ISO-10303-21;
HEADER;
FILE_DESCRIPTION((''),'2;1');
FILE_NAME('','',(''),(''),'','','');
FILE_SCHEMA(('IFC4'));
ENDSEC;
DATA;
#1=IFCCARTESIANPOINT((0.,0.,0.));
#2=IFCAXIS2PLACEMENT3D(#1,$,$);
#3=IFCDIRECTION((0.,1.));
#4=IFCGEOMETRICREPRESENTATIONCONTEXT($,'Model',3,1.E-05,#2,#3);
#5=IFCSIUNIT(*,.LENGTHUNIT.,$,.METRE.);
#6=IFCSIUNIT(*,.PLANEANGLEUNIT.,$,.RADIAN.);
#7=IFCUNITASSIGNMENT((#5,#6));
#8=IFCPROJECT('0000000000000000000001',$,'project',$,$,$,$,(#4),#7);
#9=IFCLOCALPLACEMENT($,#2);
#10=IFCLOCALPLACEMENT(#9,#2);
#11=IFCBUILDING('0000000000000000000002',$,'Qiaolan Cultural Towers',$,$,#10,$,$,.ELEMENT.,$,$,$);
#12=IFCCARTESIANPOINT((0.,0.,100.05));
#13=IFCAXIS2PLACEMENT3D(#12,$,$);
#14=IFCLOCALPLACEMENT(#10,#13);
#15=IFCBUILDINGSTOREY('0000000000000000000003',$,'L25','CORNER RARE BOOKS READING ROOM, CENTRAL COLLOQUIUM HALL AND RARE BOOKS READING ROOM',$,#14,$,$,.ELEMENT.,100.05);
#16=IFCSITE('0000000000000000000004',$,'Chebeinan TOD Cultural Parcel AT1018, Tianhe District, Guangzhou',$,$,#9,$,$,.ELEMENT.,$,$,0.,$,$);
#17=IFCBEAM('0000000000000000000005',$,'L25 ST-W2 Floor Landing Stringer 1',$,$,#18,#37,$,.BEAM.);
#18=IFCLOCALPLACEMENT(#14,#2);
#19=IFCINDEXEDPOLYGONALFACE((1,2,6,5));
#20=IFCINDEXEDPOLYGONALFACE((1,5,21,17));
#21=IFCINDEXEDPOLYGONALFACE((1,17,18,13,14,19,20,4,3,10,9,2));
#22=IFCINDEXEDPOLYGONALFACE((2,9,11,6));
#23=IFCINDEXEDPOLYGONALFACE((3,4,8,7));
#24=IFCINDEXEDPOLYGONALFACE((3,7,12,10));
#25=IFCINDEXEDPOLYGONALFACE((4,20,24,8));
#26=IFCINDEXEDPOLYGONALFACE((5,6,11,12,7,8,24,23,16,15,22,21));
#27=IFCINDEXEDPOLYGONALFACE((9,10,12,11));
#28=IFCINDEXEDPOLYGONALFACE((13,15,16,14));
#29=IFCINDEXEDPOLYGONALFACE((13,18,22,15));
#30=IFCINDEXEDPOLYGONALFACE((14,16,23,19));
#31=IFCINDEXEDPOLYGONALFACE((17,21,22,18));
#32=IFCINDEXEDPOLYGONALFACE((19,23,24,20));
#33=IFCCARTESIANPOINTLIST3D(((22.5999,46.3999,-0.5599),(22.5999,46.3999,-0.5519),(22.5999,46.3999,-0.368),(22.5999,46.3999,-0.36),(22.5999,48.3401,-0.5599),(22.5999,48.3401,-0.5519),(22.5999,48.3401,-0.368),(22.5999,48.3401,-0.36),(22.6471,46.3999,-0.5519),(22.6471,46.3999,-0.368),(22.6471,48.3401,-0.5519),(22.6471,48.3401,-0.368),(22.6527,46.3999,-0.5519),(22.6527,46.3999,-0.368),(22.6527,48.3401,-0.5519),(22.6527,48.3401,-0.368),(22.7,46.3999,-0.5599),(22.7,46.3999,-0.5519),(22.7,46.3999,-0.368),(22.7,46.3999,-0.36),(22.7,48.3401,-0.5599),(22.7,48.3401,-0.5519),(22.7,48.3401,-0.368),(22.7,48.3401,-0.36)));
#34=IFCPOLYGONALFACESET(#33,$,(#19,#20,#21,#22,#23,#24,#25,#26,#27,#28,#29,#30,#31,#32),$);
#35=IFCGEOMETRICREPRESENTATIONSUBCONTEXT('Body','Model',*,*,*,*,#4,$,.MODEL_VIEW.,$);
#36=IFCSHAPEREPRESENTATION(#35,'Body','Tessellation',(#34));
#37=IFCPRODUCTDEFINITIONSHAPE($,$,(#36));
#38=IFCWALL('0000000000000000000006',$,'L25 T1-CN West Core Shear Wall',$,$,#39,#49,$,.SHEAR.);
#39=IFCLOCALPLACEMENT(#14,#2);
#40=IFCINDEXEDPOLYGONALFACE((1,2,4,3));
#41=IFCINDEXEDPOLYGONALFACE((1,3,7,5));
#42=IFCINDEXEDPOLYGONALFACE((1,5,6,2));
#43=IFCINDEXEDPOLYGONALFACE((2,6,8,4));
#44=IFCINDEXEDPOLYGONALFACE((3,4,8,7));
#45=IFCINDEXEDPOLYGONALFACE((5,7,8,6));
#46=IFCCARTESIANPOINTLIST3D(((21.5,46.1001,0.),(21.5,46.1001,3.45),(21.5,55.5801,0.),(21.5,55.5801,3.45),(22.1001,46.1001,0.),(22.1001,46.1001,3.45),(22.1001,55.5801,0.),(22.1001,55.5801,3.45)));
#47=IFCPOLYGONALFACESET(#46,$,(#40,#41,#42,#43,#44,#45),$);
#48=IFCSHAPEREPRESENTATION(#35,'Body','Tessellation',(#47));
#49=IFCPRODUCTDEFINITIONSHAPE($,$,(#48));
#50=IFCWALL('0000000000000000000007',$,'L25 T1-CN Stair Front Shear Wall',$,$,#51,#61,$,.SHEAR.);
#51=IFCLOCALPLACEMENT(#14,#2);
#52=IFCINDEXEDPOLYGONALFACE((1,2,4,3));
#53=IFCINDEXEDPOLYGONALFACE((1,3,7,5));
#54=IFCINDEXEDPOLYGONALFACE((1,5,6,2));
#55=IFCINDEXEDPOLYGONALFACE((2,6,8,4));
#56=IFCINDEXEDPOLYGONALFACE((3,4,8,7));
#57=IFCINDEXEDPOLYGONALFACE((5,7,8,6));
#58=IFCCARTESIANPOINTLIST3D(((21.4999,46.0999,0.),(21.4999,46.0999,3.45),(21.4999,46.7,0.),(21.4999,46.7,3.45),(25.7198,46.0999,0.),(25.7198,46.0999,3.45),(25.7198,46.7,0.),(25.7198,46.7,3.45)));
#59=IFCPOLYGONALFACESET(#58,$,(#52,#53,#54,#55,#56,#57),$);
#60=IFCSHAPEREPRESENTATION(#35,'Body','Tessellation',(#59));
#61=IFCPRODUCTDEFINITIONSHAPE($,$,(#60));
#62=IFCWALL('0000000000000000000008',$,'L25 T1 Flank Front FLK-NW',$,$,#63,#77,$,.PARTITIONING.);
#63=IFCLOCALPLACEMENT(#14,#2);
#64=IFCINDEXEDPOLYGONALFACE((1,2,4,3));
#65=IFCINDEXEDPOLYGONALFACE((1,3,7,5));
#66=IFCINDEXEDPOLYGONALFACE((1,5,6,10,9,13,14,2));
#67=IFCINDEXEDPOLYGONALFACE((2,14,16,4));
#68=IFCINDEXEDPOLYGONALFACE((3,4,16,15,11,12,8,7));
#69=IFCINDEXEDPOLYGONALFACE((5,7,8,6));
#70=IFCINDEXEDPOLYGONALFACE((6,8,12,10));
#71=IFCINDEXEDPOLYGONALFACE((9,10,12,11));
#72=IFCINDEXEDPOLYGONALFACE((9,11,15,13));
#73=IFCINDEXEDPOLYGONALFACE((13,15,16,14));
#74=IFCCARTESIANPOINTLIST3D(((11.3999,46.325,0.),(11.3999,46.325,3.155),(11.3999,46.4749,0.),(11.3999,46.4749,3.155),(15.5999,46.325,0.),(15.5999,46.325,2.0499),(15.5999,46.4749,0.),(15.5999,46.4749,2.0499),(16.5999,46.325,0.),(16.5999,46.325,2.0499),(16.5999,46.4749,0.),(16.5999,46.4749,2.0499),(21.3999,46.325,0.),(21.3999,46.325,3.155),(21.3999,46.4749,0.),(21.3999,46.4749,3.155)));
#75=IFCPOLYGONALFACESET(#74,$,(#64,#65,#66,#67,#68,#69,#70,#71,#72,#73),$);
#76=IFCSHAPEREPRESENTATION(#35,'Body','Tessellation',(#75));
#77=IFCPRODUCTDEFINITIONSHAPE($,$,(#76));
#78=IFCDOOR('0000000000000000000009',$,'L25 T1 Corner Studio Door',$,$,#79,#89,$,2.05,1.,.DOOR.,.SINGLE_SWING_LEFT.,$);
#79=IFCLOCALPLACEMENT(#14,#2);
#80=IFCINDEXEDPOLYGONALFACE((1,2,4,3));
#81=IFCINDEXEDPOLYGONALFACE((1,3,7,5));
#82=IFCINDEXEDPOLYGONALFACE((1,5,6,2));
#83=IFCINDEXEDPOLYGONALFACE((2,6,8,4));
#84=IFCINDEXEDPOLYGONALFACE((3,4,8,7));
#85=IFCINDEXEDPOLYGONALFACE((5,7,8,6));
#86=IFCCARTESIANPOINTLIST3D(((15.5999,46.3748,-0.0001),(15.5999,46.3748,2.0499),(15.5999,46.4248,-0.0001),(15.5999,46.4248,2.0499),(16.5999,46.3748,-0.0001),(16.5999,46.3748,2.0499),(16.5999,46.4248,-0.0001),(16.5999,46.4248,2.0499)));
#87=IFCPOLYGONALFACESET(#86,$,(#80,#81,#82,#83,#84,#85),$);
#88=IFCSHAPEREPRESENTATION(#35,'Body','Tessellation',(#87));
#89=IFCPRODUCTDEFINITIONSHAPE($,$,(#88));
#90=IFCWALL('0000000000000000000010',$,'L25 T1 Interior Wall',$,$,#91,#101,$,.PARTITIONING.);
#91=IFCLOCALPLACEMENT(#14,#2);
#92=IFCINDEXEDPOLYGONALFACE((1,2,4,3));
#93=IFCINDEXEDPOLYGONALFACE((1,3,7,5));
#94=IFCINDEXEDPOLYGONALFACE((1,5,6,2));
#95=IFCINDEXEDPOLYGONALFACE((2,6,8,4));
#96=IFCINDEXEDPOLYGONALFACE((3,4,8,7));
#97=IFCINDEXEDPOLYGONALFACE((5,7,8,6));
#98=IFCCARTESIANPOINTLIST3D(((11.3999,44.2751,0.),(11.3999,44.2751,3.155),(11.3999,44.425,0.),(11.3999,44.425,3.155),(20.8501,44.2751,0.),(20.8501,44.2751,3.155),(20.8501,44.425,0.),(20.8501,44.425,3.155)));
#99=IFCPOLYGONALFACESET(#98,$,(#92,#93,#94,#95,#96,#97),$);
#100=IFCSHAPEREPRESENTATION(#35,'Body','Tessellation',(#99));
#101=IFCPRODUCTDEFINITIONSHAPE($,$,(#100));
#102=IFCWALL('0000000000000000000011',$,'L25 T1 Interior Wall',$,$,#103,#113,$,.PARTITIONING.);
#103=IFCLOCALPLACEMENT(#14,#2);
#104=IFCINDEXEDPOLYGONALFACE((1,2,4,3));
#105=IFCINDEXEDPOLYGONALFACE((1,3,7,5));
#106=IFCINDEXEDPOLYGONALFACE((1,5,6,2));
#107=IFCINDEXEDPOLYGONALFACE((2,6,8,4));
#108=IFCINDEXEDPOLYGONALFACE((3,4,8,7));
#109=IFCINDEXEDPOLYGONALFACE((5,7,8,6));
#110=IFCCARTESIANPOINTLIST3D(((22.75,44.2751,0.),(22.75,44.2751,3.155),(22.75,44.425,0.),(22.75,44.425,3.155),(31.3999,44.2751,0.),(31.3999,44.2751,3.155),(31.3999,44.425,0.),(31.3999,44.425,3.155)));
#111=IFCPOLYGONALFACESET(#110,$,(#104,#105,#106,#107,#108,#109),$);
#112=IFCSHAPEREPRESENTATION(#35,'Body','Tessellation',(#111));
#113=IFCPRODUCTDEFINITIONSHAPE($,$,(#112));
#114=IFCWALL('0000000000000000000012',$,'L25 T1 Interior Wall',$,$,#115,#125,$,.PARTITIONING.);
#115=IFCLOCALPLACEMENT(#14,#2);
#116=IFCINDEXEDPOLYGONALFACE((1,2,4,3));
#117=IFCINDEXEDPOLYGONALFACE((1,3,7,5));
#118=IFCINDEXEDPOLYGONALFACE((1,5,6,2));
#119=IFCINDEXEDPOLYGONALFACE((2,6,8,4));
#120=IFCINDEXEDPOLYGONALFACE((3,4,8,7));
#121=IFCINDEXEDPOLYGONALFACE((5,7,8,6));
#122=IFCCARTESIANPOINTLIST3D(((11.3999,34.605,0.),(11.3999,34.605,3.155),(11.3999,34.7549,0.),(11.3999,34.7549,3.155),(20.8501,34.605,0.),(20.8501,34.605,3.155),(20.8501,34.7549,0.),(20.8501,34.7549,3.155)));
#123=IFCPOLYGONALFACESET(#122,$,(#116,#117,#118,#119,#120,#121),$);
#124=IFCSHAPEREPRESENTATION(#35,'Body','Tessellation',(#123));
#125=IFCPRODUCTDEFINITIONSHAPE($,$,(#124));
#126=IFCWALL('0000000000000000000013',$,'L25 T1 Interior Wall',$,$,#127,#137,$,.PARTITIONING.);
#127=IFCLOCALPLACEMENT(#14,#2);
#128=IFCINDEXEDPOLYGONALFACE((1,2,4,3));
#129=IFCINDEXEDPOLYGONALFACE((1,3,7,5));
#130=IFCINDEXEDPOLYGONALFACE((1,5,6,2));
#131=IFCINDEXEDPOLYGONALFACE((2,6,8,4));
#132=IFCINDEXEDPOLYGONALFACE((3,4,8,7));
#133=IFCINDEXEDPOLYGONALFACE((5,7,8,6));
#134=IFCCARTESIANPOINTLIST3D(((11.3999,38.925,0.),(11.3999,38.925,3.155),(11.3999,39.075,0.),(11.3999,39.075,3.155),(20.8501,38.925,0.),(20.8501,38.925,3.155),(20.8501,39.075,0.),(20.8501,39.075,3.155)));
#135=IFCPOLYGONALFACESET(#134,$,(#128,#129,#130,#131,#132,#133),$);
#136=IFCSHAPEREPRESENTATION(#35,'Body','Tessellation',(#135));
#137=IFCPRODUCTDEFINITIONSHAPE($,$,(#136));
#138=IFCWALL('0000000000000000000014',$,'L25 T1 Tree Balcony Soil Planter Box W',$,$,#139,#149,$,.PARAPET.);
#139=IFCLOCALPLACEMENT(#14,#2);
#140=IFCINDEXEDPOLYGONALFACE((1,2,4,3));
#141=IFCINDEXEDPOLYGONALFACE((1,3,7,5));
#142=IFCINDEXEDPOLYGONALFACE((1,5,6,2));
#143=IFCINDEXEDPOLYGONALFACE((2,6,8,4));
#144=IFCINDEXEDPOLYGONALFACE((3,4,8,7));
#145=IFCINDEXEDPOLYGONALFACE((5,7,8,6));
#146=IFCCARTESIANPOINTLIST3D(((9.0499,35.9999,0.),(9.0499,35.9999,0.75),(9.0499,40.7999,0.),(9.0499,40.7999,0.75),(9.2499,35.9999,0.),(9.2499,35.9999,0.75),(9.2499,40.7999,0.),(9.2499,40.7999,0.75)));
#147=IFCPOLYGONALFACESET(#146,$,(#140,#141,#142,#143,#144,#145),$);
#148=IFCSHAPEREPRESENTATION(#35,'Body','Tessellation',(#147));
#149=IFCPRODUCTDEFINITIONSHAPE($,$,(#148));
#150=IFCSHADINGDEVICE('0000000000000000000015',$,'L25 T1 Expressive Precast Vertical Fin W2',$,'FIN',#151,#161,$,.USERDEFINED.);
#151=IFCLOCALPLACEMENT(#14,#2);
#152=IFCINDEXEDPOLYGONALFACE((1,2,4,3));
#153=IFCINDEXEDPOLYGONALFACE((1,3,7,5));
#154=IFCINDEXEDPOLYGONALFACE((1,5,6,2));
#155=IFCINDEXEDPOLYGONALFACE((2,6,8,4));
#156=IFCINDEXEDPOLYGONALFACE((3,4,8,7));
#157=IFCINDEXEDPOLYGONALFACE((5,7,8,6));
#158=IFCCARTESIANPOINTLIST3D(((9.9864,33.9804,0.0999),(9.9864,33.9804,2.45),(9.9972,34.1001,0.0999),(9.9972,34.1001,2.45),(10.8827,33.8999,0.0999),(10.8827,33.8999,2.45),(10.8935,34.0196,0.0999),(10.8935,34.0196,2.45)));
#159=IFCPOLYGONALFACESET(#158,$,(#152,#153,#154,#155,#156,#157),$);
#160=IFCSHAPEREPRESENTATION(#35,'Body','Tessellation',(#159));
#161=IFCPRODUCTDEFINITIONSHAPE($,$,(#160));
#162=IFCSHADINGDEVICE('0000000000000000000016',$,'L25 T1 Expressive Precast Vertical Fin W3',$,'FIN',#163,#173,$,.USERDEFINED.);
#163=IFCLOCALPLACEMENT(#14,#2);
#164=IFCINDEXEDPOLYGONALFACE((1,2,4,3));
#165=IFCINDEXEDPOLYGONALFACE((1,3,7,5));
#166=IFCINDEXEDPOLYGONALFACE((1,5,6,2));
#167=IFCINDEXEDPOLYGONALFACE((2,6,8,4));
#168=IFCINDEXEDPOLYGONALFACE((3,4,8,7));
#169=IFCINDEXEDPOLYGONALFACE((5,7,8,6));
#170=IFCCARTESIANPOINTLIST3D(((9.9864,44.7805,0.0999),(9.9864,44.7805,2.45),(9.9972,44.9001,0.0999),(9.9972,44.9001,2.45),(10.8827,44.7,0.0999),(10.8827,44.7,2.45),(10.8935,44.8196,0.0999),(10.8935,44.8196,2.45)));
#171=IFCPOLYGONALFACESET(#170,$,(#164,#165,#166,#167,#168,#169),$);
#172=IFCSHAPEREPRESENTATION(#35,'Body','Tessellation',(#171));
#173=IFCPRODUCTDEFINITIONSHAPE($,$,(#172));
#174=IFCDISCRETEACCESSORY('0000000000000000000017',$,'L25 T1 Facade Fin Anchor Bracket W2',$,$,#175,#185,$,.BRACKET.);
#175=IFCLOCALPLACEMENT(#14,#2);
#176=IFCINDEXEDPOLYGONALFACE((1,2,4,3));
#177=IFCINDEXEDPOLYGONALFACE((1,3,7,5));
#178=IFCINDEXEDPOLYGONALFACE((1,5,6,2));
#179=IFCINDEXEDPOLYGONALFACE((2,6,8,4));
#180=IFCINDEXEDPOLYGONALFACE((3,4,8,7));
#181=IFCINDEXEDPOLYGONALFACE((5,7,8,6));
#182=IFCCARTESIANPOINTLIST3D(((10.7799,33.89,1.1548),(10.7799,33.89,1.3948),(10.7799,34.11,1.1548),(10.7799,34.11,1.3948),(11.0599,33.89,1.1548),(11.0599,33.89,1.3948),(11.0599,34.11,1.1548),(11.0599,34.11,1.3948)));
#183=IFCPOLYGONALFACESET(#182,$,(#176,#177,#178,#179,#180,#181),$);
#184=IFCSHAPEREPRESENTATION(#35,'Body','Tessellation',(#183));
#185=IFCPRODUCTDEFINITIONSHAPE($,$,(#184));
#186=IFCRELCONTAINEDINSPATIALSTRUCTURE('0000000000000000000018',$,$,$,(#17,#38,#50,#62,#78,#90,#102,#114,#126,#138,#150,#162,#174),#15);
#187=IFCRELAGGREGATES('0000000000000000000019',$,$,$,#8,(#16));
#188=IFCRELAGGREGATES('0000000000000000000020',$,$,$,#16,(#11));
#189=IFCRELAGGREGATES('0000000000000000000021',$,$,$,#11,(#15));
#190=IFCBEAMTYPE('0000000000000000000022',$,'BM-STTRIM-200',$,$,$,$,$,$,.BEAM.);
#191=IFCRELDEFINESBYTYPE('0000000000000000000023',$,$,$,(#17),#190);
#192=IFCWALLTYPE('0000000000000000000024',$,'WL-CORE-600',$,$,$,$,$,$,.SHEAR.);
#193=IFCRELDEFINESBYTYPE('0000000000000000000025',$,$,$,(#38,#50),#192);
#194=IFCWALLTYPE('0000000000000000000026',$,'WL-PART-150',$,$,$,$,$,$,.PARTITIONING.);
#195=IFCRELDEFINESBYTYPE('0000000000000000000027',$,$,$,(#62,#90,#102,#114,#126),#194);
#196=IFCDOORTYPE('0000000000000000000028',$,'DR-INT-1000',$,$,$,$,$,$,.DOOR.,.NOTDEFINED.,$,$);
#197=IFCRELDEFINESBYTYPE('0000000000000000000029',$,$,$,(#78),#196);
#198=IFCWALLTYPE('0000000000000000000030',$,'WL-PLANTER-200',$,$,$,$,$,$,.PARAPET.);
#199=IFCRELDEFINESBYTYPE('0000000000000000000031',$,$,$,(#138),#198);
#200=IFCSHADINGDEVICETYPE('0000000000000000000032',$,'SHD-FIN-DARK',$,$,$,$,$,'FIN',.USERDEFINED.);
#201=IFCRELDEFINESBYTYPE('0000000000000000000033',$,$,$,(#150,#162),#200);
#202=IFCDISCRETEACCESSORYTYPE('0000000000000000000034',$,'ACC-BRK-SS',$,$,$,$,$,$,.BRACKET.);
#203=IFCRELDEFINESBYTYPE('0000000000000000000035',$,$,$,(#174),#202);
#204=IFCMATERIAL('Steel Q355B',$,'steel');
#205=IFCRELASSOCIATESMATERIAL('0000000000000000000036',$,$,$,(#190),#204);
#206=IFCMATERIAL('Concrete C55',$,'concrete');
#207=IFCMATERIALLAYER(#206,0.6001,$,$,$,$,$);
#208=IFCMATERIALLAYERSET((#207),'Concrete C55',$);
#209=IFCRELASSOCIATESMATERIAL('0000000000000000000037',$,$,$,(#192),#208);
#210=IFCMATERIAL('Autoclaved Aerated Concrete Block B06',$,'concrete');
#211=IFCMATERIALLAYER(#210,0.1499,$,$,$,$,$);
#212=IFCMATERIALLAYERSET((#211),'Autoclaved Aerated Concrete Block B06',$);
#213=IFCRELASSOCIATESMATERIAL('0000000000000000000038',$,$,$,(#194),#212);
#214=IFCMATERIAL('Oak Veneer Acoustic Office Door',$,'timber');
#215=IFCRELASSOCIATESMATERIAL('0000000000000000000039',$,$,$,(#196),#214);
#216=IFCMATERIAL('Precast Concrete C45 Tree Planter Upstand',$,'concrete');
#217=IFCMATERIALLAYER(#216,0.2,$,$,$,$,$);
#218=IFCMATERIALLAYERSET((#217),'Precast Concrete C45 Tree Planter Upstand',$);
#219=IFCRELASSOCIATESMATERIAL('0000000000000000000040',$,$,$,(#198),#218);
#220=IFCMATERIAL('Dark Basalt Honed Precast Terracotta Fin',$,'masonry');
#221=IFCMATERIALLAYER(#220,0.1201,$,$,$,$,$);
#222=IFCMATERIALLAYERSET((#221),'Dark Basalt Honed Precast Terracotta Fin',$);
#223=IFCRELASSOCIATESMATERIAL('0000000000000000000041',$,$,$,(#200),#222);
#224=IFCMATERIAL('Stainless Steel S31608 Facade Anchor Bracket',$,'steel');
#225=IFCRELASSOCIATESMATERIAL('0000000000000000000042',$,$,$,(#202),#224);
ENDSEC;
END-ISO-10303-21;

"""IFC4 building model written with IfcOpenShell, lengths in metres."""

from ifc_helpers import new_model, si_unit, direction, frame, frame_2d, origin, origin_2d, place, context, subcontext, project, spatial, rectangle, i_section, extrude, material, layer, layer_set, material_profile, profile_set, type_object, element, fill, save


model = new_model("IFC4")

# Units and contexts
model_context = context("Model", 3, precision=1e-05, world=origin(), true_north=direction((0.0, 1.0)))
body_context = subcontext(model_context, "Body", "Model", "MODEL_VIEW")
ifc_project = project(units=[si_unit("LENGTHUNIT", "METRE"), si_unit("PLANEANGLEUNIT", "RADIAN")], contexts=[model_context])

# Site, building, storey
site_placement = place(None, origin())
site = spatial("IfcSite", under=ifc_project, at=site_placement, Name="Chebeinan TOD Cultural Parcel AT1018, Tianhe District, Guangzhou", CompositionType="ELEMENT", RefElevation=0.0)
building_placement = place(site_placement, origin())
building = spatial("IfcBuilding", under=site, at=building_placement, Name="Qiaolan Cultural Towers", CompositionType="ELEMENT")
storey_placement = place(building_placement, frame((0.0, 0.0, 100.05)))
storey = spatial("IfcBuildingStorey", under=building, at=storey_placement, Name="L25", Description="CORNER RARE BOOKS READING ROOM, CENTRAL COLLOQUIUM HALL AND RARE BOOKS READING ROOM", CompositionType="ELEMENT", Elevation=100.05)

# Beam
ifc_material_1 = material(Name="Steel Q355B", Category="steel")
ifc_material_profile_1 = material_profile(ifc_material_1, i_section(OverallWidth=0.1001, OverallDepth=0.2, WebThickness=0.0056, FlangeThickness=0.0081, at=origin_2d()), Name="HN200x100x5.5x8")
ifc_profile_set_1 = profile_set([ifc_material_profile_1], Name="Steel Q355B")
beam_type_1 = type_object("IfcBeamType", Name="BM-STTRIM-200", PredefinedType="BEAM", material=ifc_profile_set_1)
beam_1_placement = place(storey_placement, frame((22.6499, 46.3999, -0.46), z_axis=(0.0, 1.0, 0.0), x_axis=(-1.0, 0.0, 0.0)))
element("IfcBeam", 1, at=beam_1_placement, inside=storey, type_object=beam_type_1, Name="L25 ST-W2 Floor Landing Stringer 1", PredefinedType="BEAM", context=body_context, shape_type="SweptSolid", body=[
    extrude(i_section(OverallWidth=0.1001, OverallDepth=0.2, WebThickness=0.0056, FlangeThickness=0.0081, at=origin_2d()), origin(), (0.0, 0.0, 1.0), 1.9402),
])

# Walls
ifc_material_2 = material(Name="Concrete C55", Category="concrete")
ifc_layer_1 = layer(ifc_material_2, 0.6001)
ifc_layer_set_1 = layer_set([ifc_layer_1], Name="Concrete C55")
wall_type_1 = type_object("IfcWallType", Name="WL-CORE-600", PredefinedType="SHEAR", material=ifc_layer_set_1)
wall_1_placement = place(storey_placement, frame((21.8, 46.1001, 0.0), z_axis=(0.0, 0.0, 1.0), x_axis=(0.0, 1.0, 0.0)))
element("IfcWall", 2, at=wall_1_placement, inside=storey, type_object=wall_type_1, Name="L25 T1-CN West Core Shear Wall", PredefinedType="SHEAR", context=body_context, shape_type="SweptSolid", body=[
    extrude(rectangle(XDim=9.48, YDim=0.6001, at=frame_2d((4.74, 0.0))), origin(), (0.0, 0.0, 1.0), 3.45),
])
wall_2_placement = place(storey_placement, frame((21.5, 46.3999, 0.0), z_axis=(0.0, 0.0, 1.0), x_axis=(1.0, 0.0, 0.0)))
element("IfcWall", 3, at=wall_2_placement, inside=storey, type_object=wall_type_1, Name="L25 T1-CN Stair Front Shear Wall", PredefinedType="SHEAR", context=body_context, shape_type="SweptSolid", body=[
    extrude(rectangle(XDim=4.22, YDim=0.6001, at=frame_2d((2.1099, 0.0))), origin(), (0.0, 0.0, 1.0), 3.45),
])

# Wall, opening, door
ifc_material_3 = material(Name="Autoclaved Aerated Concrete Block B06", Category="concrete")
ifc_layer_2 = layer(ifc_material_3, 0.1499)
ifc_layer_set_2 = layer_set([ifc_layer_2], Name="Autoclaved Aerated Concrete Block B06")
wall_type_2 = type_object("IfcWallType", Name="WL-PART-150", PredefinedType="PARTITIONING", material=ifc_layer_set_2)
wall_3_placement = place(storey_placement, frame((11.3999, 46.3999, 0.0), z_axis=(0.0, 0.0, 1.0), x_axis=(1.0, 0.0, 0.0)))
wall_3 = element("IfcWall", 4, at=wall_3_placement, inside=storey, type_object=wall_type_2, Name="L25 T1 Flank Front FLK-NW", PredefinedType="PARTITIONING", context=body_context, shape_type="SweptSolid", body=[
    extrude(rectangle(XDim=10.0, YDim=0.1499, at=frame_2d((5.0, 0.0))), origin(), (0.0, 0.0, 1.0), 3.155),
])
opening_placement = place(wall_3_placement, frame((4.2, 0.0, 0.0)))
opening = element("IfcOpeningElement", 5, at=opening_placement, cuts=wall_3, PredefinedType="OPENING", context=body_context, shape_type="SweptSolid", body=[
    extrude(rectangle(XDim=1.0, YDim=2.05, at=frame_2d((0.5, 1.0249))), frame((0.0, 0.085, 0.0), z_axis=(0.0, -1.0, 0.0), x_axis=(1.0, 0.0, 0.0)), (0.0, 0.0, 1.0), 0.1699),
])
ifc_material_4 = material(Name="Oak Veneer Acoustic Office Door", Category="timber")
door_type = type_object("IfcDoorType", Name="DR-INT-1000", OperationType="NOTDEFINED", PredefinedType="DOOR", material=ifc_material_4)
door_placement = place(opening_placement, origin())
door = element("IfcDoor", 6, at=door_placement, inside=storey, type_object=door_type, Name="L25 T1 Corner Studio Door", OperationType="SINGLE_SWING_LEFT", OverallHeight=2.05, OverallWidth=1.0, PredefinedType="DOOR", context=body_context, shape_type="SweptSolid", body=[
    extrude(rectangle(XDim=1.0, YDim=2.05, at=frame_2d((0.5, 1.0249))), frame((0.0, 0.0249, 0.0), z_axis=(0.0, -1.0, 0.0), x_axis=(1.0, 0.0, 0.0)), (0.0, 0.0, 1.0), 0.05),
])
fill(opening, door)

# Walls
wall_4_placement = place(storey_placement, frame((11.3999, 44.3501, 0.0), z_axis=(0.0, 0.0, 1.0), x_axis=(1.0, 0.0, 0.0)))
element("IfcWall", 7, at=wall_4_placement, inside=storey, type_object=wall_type_2, Name="L25 T1 Interior Wall", PredefinedType="PARTITIONING", context=body_context, shape_type="SweptSolid", body=[
    extrude(rectangle(XDim=9.4502, YDim=0.1499, at=frame_2d((4.7251, 0.0))), origin(), (0.0, 0.0, 1.0), 3.155),
])
wall_5_placement = place(storey_placement, frame((22.75, 44.3501, 0.0), z_axis=(0.0, 0.0, 1.0), x_axis=(1.0, 0.0, 0.0)))
element("IfcWall", 8, at=wall_5_placement, inside=storey, type_object=wall_type_2, Name="L25 T1 Interior Wall", PredefinedType="PARTITIONING", context=body_context, shape_type="SweptSolid", body=[
    extrude(rectangle(XDim=8.6499, YDim=0.1499, at=frame_2d((4.325, 0.0))), origin(), (0.0, 0.0, 1.0), 3.155),
])
for number, where, z_axis, x_axis, name in (
    (9, (11.3999, 34.6799, 0.0), (0.0, 0.0, 1.0), (1.0, 0.0, 0.0), "L25 T1 Interior Wall"),
    (10, (11.3999, 39.0, 0.0), (0.0, 0.0, 1.0), (1.0, 0.0, 0.0), "L25 T1 Interior Wall"),
):
    element("IfcWall", number, at=place(storey_placement, frame(where, z_axis=z_axis, x_axis=x_axis)), inside=storey, type_object=wall_type_2, Name=name, PredefinedType="PARTITIONING", context=body_context, shape_type="SweptSolid", body=[
        extrude(rectangle(XDim=9.4502, YDim=0.1499, at=frame_2d((4.7251, 0.0))), origin(), (0.0, 0.0, 1.0), 3.155),
    ])
ifc_material_5 = material(Name="Precast Concrete C45 Tree Planter Upstand", Category="concrete")
ifc_layer_3 = layer(ifc_material_5, 0.2)
ifc_layer_set_3 = layer_set([ifc_layer_3], Name="Precast Concrete C45 Tree Planter Upstand")
wall_type_3 = type_object("IfcWallType", Name="WL-PLANTER-200", PredefinedType="PARAPET", material=ifc_layer_set_3)
wall_6_placement = place(storey_placement, frame((9.1499, 36.0, 0.0), z_axis=(0.0, 0.0, 1.0), x_axis=(0.0, 1.0, 0.0)))
element("IfcWall", 11, at=wall_6_placement, inside=storey, type_object=wall_type_3, Name="L25 T1 Tree Balcony Soil Planter Box W", PredefinedType="PARAPET", context=body_context, shape_type="SweptSolid", body=[
    extrude(rectangle(XDim=4.8, YDim=0.2, at=frame_2d((2.3999, 0.0))), origin(), (0.0, 0.0, 1.0), 0.75),
])

# Shading devices
ifc_material_6 = material(Name="Dark Basalt Honed Precast Terracotta Fin", Category="masonry")
ifc_layer_4 = layer(ifc_material_6, 0.1201)
ifc_layer_set_4 = layer_set([ifc_layer_4], Name="Dark Basalt Honed Precast Terracotta Fin")
shading_device_type = type_object("IfcShadingDeviceType", Name="SHD-FIN-DARK", ElementType="FIN", PredefinedType="USERDEFINED", material=ifc_layer_set_4)
for number, where, z_axis, x_axis, name in (
    (12, (10.4399, 34.0, 0.0999), (0.0, 0.0, 1.0), (0.995994, -0.089421, 0.0), "L25 T1 Expressive Precast Vertical Fin W2"),
    (13, (10.4399, 44.8, 0.0999), (0.0, 0.0, 1.0), (0.995994, -0.089421, 0.0), "L25 T1 Expressive Precast Vertical Fin W3"),
):
    element("IfcShadingDevice", number, at=place(storey_placement, frame(where, z_axis=z_axis, x_axis=x_axis)), inside=storey, type_object=shading_device_type, Name=name, ObjectType="FIN", PredefinedType="USERDEFINED", context=body_context, shape_type="SweptSolid", body=[
        extrude(rectangle(XDim=0.8999, YDim=0.1201, at=origin_2d()), origin(), (0.0, 0.0, 1.0), 2.3501),
    ])

# Discrete accessory
ifc_material_7 = material(Name="Stainless Steel S31608 Facade Anchor Bracket", Category="steel")
discrete_accessory_type = type_object("IfcDiscreteAccessoryType", Name="ACC-BRK-SS", PredefinedType="BRACKET", material=ifc_material_7)
for number, where, z_axis, x_axis, name in (
    (14, (10.9199, 34.0, 1.1548), (0.0, 0.0, 1.0), (1.0, 0.0, 0.0), "L25 T1 Facade Fin Anchor Bracket W2"),
):
    element("IfcDiscreteAccessory", number, at=place(storey_placement, frame(where, z_axis=z_axis, x_axis=x_axis)), inside=storey, type_object=discrete_accessory_type, Name=name, PredefinedType="BRACKET", context=body_context, shape_type="SweptSolid", body=[
        extrude(rectangle(XDim=0.28, YDim=0.22, at=origin_2d()), origin(), (0.0, 0.0, 1.0), 0.24),
    ])

save(model, "model.ifc")
